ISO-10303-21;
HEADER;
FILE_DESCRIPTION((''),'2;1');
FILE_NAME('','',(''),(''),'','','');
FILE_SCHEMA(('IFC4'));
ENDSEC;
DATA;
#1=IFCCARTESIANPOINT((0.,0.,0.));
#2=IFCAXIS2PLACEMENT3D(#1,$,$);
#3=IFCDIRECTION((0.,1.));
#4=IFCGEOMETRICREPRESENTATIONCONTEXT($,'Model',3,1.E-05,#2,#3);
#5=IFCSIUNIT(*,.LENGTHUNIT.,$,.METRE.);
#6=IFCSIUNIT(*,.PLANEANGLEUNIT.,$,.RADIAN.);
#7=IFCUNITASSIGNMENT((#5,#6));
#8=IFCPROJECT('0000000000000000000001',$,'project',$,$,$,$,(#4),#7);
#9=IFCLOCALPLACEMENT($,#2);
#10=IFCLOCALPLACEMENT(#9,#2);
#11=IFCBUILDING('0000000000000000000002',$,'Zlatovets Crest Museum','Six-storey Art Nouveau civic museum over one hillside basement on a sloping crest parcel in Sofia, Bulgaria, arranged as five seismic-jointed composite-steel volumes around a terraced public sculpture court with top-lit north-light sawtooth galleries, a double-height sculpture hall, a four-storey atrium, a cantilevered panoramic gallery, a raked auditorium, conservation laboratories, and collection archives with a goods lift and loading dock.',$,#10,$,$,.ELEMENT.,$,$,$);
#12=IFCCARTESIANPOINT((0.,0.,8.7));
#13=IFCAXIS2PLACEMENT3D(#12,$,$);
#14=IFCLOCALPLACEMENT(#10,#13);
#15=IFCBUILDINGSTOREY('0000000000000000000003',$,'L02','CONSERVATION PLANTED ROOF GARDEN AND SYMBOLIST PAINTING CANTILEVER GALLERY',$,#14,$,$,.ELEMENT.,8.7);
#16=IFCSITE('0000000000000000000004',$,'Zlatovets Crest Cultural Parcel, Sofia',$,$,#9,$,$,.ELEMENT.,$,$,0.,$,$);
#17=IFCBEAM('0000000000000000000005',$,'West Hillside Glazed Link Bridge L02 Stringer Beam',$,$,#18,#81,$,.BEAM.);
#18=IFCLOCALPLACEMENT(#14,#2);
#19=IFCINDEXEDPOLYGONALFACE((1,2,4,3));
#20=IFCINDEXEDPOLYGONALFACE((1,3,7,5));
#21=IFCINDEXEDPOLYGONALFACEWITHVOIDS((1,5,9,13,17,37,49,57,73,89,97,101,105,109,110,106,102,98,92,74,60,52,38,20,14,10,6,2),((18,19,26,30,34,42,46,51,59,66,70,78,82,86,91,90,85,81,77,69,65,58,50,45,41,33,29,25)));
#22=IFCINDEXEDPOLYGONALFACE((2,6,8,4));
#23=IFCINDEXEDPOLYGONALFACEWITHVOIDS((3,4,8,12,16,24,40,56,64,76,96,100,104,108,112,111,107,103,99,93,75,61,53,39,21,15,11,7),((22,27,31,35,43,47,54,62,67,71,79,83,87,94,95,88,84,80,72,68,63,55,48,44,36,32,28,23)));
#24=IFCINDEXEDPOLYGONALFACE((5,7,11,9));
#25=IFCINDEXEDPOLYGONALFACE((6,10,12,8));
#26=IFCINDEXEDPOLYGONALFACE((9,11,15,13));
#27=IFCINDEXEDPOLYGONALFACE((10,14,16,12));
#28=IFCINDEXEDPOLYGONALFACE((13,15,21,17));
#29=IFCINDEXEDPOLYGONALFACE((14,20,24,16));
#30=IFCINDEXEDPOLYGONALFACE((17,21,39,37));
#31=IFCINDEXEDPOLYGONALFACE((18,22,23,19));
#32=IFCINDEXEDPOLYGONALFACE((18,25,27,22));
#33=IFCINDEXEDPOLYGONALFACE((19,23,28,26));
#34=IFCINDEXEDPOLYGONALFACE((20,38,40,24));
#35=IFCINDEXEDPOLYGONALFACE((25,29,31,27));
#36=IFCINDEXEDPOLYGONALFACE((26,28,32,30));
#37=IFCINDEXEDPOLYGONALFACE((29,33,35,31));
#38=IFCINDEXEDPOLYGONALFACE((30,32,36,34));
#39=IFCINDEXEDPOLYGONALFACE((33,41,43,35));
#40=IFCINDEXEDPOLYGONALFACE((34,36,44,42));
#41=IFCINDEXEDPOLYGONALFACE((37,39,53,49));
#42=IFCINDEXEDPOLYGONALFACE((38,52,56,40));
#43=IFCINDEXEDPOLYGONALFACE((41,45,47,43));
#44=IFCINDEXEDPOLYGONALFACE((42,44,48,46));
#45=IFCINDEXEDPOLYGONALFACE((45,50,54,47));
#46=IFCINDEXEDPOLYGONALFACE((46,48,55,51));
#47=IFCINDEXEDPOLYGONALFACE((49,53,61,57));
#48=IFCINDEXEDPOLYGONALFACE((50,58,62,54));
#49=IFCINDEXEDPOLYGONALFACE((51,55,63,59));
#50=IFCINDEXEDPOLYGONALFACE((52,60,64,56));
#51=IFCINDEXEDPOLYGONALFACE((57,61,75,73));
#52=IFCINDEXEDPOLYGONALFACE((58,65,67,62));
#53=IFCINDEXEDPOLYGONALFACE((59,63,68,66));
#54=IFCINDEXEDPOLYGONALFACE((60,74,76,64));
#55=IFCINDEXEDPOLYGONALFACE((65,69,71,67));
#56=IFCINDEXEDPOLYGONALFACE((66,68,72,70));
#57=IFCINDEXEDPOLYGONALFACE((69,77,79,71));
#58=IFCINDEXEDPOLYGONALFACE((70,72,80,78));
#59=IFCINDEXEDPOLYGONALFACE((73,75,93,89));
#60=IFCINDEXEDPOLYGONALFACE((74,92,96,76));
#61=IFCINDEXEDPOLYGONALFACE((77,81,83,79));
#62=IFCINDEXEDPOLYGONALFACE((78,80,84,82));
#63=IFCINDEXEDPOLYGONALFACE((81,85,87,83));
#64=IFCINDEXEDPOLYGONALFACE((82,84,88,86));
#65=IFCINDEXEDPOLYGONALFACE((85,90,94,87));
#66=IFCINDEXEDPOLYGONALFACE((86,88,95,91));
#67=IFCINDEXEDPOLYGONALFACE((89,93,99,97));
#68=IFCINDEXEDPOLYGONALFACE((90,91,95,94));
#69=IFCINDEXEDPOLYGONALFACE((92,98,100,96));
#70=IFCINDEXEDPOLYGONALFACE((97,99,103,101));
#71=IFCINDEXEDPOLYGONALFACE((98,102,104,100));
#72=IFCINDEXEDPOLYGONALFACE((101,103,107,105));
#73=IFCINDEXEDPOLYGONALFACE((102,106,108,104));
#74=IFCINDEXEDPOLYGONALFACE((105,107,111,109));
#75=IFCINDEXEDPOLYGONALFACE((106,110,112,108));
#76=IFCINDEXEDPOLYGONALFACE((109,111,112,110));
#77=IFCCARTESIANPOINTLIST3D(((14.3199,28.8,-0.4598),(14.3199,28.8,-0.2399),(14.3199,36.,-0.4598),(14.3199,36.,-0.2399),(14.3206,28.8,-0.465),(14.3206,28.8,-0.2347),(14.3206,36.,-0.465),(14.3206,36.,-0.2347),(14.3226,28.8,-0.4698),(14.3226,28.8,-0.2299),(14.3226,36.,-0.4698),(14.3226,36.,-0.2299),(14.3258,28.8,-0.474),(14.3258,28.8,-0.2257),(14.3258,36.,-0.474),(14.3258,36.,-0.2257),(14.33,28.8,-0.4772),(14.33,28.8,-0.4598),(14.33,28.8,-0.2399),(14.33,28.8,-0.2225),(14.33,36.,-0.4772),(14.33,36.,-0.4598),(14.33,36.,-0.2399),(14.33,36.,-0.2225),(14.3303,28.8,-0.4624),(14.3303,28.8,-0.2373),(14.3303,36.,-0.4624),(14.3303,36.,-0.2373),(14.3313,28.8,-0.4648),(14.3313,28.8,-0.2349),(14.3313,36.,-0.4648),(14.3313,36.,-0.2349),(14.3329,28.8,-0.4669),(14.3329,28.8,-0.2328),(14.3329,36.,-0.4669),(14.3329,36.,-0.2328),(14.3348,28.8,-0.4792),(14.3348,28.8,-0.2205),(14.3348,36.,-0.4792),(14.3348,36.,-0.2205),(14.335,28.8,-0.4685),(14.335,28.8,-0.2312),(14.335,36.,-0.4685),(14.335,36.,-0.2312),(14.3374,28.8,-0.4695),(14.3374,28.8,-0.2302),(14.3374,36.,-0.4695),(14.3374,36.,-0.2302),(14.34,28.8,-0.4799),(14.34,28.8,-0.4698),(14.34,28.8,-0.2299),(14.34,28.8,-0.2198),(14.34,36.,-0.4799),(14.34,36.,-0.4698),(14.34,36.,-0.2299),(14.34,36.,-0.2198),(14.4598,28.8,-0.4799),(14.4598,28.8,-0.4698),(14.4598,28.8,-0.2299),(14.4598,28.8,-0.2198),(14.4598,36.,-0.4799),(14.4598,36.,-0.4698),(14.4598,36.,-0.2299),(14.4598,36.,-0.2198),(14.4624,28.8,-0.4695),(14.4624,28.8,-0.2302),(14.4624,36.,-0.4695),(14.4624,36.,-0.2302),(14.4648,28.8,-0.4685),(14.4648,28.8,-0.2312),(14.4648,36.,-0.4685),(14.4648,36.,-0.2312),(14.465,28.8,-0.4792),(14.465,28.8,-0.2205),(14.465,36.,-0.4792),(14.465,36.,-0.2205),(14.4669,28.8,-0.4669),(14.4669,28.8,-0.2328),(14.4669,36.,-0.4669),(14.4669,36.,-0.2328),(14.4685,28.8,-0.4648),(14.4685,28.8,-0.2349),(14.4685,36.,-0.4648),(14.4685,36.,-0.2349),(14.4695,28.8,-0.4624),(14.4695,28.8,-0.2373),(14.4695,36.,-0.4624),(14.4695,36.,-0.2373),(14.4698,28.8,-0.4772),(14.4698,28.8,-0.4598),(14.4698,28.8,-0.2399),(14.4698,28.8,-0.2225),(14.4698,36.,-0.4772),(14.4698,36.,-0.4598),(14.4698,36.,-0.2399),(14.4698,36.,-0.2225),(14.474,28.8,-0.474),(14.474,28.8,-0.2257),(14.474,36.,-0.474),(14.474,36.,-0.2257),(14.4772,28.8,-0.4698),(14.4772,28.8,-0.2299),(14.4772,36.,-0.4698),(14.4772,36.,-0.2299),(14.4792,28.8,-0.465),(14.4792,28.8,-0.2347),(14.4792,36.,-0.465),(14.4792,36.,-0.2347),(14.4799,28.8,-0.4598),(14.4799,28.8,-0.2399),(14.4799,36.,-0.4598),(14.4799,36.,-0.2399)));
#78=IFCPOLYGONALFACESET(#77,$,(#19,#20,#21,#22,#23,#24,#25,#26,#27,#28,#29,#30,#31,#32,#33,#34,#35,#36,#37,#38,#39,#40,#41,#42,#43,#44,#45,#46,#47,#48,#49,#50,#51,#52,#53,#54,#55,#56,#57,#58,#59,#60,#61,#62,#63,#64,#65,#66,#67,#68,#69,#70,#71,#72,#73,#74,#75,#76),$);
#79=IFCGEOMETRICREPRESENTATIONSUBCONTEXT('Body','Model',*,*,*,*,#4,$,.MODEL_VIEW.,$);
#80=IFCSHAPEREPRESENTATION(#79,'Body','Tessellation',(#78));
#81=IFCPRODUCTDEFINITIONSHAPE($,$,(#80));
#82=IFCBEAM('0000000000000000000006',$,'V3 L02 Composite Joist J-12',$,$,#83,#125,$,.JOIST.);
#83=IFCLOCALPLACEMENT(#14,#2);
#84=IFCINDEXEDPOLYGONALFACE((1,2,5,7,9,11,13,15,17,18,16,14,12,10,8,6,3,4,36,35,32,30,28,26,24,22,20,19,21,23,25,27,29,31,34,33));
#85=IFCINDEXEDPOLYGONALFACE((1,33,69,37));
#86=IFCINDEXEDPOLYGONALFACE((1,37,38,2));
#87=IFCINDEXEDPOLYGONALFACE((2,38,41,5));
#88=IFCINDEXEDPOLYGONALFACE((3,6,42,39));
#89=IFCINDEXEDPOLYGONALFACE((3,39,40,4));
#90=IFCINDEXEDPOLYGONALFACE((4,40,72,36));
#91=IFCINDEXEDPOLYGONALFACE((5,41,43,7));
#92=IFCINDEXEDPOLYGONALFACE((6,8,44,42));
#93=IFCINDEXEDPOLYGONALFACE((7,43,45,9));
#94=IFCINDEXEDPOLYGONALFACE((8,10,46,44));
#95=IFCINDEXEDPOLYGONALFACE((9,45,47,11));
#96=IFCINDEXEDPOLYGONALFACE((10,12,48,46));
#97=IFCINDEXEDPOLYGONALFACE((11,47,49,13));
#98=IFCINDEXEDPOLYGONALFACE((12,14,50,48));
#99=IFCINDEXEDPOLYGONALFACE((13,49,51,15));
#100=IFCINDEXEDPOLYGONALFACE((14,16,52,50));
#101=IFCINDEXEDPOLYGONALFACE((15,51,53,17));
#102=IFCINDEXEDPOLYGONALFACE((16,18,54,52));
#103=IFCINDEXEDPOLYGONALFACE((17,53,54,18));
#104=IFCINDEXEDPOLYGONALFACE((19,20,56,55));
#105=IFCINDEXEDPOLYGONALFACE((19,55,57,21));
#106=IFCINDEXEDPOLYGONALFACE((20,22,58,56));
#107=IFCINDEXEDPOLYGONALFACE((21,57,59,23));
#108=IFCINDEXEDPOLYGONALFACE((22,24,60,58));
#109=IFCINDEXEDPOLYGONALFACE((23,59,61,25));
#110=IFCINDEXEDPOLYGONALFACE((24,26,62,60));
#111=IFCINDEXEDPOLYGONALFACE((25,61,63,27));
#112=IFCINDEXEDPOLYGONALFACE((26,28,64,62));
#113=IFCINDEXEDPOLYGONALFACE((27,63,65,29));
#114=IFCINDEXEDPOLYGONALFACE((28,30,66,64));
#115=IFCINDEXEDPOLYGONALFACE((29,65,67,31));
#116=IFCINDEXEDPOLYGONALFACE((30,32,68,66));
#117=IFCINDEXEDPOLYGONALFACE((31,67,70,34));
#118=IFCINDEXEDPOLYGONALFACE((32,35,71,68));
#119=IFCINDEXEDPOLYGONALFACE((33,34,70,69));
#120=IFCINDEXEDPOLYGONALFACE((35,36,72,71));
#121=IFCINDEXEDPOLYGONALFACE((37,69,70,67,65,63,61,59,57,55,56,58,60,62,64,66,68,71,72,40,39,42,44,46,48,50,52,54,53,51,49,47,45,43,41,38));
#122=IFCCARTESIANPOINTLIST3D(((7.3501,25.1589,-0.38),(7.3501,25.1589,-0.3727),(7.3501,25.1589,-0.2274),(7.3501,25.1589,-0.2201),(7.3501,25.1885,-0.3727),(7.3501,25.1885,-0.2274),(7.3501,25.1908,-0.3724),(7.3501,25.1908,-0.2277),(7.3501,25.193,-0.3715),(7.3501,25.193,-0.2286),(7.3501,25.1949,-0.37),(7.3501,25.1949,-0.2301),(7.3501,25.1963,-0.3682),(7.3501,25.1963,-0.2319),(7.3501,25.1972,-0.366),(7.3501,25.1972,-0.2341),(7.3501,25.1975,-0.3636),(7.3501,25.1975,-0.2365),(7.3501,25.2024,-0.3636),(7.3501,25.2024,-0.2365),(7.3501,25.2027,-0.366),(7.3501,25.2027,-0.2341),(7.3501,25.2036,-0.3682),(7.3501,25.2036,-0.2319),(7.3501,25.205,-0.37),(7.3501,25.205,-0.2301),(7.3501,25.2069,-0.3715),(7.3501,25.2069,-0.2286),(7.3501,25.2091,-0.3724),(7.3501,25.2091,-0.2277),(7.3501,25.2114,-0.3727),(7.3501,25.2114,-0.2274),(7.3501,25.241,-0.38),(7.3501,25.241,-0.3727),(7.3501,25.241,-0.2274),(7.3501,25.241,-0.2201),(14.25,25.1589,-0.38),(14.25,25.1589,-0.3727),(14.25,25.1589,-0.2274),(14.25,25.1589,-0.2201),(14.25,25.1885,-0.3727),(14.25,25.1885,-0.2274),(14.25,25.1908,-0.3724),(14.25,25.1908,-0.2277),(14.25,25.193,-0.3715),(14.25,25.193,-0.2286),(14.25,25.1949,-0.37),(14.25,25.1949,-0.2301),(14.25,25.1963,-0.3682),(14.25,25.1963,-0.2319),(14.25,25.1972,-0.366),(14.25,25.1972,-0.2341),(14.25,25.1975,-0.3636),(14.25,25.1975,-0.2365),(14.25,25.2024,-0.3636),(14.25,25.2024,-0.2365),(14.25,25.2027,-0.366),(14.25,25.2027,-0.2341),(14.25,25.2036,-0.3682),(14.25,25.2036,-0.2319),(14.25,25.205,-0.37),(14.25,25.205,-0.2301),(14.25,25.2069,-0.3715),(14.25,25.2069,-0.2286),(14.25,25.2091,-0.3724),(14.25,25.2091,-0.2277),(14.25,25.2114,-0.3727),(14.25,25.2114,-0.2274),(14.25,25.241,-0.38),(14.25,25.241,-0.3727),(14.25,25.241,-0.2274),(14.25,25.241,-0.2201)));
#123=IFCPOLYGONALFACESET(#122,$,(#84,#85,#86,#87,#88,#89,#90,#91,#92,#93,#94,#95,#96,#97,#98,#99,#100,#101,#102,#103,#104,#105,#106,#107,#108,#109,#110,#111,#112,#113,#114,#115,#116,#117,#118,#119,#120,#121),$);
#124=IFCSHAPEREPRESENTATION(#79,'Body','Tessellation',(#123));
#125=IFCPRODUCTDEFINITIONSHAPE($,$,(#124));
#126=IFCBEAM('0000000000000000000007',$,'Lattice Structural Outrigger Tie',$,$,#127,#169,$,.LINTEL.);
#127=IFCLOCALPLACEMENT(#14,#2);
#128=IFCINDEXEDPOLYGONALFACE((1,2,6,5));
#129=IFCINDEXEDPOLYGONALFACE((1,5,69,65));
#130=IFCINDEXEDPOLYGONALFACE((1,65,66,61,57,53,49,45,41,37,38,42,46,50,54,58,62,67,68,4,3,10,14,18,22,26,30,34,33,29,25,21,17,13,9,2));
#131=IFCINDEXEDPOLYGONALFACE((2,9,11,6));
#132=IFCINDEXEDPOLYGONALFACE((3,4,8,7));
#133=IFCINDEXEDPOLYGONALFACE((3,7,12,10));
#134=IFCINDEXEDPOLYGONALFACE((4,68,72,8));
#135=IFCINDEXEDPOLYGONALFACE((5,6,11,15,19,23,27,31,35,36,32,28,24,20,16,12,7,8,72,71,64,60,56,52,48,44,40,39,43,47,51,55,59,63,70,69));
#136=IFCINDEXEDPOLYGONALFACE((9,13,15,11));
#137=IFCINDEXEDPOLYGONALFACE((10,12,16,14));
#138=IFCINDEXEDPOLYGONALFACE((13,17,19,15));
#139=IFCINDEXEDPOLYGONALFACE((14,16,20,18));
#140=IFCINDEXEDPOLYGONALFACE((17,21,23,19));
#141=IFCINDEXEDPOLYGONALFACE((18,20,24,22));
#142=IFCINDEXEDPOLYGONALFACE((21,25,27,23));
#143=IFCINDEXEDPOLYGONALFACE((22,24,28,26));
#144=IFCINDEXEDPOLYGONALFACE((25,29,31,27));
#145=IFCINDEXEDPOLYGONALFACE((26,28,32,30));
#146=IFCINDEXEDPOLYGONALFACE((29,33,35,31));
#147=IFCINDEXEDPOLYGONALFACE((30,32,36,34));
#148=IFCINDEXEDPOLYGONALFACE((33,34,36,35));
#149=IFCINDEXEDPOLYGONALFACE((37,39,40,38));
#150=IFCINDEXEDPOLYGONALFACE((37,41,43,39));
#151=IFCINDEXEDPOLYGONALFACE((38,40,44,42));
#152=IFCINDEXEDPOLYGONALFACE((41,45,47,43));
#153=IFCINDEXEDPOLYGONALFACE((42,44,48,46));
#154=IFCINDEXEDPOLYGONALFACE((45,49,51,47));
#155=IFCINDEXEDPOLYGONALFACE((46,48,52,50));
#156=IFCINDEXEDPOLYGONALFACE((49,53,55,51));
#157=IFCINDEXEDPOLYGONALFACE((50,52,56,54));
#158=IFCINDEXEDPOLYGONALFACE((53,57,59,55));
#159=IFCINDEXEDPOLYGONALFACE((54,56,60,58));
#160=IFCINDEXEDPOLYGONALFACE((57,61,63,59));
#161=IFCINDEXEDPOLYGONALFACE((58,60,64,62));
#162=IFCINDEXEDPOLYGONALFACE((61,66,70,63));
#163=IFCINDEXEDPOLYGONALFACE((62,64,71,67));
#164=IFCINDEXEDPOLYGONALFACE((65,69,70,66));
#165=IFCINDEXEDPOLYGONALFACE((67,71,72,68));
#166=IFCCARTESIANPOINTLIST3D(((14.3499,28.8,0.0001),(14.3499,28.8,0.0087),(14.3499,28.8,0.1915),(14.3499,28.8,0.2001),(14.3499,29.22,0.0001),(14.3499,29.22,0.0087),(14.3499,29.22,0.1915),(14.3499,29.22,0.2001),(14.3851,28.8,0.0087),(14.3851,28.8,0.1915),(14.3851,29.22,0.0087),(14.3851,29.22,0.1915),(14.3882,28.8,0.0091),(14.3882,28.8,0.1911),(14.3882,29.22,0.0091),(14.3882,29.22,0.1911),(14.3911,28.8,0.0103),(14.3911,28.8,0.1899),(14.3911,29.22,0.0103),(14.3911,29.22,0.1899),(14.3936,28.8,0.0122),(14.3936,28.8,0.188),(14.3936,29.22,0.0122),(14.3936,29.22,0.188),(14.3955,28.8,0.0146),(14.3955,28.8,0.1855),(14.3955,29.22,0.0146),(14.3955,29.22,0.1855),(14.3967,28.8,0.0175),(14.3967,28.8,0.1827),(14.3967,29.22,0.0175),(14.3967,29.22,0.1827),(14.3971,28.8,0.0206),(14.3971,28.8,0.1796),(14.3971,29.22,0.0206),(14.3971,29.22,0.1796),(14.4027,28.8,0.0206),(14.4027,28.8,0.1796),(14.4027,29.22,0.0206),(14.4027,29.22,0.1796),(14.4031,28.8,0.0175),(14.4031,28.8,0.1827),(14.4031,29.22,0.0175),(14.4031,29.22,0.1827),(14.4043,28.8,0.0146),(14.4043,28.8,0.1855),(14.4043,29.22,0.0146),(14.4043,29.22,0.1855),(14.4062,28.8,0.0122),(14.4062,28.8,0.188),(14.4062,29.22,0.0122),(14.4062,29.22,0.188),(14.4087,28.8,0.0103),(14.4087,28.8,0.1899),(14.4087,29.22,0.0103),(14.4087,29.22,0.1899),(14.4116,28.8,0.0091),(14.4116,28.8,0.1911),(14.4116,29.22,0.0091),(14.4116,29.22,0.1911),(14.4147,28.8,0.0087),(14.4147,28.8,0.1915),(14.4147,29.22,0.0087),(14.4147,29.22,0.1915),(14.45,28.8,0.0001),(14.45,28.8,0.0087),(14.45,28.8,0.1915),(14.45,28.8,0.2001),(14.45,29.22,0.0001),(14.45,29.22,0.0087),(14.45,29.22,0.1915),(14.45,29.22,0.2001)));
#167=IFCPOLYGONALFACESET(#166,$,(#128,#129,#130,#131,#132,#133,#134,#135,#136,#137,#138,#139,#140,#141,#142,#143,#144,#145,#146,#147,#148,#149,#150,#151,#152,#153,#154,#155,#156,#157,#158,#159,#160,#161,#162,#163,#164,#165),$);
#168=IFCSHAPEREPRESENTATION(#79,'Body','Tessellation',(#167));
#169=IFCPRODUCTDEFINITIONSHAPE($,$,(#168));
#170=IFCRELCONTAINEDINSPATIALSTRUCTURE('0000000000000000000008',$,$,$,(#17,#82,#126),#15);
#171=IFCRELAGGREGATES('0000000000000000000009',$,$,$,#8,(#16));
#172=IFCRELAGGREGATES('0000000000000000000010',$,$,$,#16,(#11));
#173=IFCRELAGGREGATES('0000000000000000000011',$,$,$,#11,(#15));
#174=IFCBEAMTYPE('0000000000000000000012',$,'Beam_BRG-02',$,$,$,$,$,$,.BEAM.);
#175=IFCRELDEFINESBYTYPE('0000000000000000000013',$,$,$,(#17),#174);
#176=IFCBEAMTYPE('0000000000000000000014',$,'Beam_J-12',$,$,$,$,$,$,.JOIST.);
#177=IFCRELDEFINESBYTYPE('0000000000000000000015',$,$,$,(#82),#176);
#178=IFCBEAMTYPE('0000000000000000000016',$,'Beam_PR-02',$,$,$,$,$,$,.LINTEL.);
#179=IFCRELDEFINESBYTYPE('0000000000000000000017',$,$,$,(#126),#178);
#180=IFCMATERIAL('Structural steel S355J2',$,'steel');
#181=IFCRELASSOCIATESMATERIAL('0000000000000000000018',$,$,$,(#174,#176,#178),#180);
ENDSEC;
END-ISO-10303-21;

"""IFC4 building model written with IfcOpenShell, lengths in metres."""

from ifc_helpers import new_model, si_unit, direction, frame, origin, origin_2d, place, context, subcontext, project, spatial, hollow_rectangle, i_section, extrude, material, material_profile, profile_set, type_object, element, save


model = new_model("IFC4")

# Units and contexts
model_context = context("Model", 3, precision=1e-05, world=origin(), true_north=direction((0.0, 1.0)))
body_context = subcontext(model_context, "Body", "Model", "MODEL_VIEW")
ifc_project = project(units=[si_unit("LENGTHUNIT", "METRE"), si_unit("PLANEANGLEUNIT", "RADIAN")], contexts=[model_context])

# Site, building, storey
site_placement = place(None, origin())
site = spatial("IfcSite", under=ifc_project, at=site_placement, Name="Zlatovets Crest Cultural Parcel, Sofia", CompositionType="ELEMENT", RefElevation=0.0)
building_placement = place(site_placement, origin())
building = spatial("IfcBuilding", under=site, at=building_placement, Name="Zlatovets Crest Museum", Description="Six-storey Art Nouveau civic museum over one hillside basement on a sloping crest parcel in Sofia, Bulgaria, arranged as five seismic-jointed composite-steel volumes around a terraced public sculpture court with top-lit north-light sawtooth galleries, a double-height sculpture hall, a four-storey atrium, a cantilevered panoramic gallery, a raked auditorium, conservation laboratories, and collection archives with a goods lift and loading dock.", CompositionType="ELEMENT")
storey_placement = place(building_placement, frame((0.0, 0.0, 8.7)))
storey = spatial("IfcBuildingStorey", under=building, at=storey_placement, Name="L02", Description="CONSERVATION PLANTED ROOF GARDEN AND SYMBOLIST PAINTING CANTILEVER GALLERY", CompositionType="ELEMENT", Elevation=8.7)

# Shared definitions
ifc_material_1 = material(Name="Structural steel S355J2", Category="steel")

# Beams
ifc_material_profile_1 = material_profile(ifc_material_1, hollow_rectangle(XDim=0.1599, YDim=0.26, WallThickness=0.01, InnerFilletRadius=0.01, OuterFilletRadius=0.02, at=origin_2d()), Name="RHS 160x260x10.0")
ifc_profile_set_1 = profile_set([ifc_material_profile_1], Name="Structural steel S355J2")
beam_type_1 = type_object("IfcBeamType", Name="Beam_BRG-02", PredefinedType="BEAM", material=ifc_profile_set_1)
beam_1_placement = place(storey_placement, frame((14.3999, 28.8, -0.3499), z_axis=(0.0, 1.0, 0.0), x_axis=(-1.0, 0.0, 0.0)))
element("IfcBeam", 1, at=beam_1_placement, inside=storey, type_object=beam_type_1, Name="West Hillside Glazed Link Bridge L02 Stringer Beam", PredefinedType="BEAM", context=body_context, shape_type="SweptSolid", body=[
    extrude(hollow_rectangle(XDim=0.1599, YDim=0.26, WallThickness=0.01, InnerFilletRadius=0.01, OuterFilletRadius=0.02, at=origin_2d()), origin(), (0.0, 0.0, 1.0), 7.2),
])
ifc_material_profile_2 = material_profile(ifc_material_1, i_section(OverallWidth=0.082, OverallDepth=0.1599, WebThickness=0.0049, FlangeThickness=0.0073, FilletRadius=0.009, at=origin_2d()), Name="IPE 160")
ifc_profile_set_2 = profile_set([ifc_material_profile_2], Name="Structural steel S355J2")
beam_type_2 = type_object("IfcBeamType", Name="Beam_J-12", PredefinedType="JOIST", material=ifc_profile_set_2)
beam_2_placement = place(storey_placement, frame((7.3501, 25.2, -0.3), z_axis=(1.0, 0.0, 0.0), x_axis=(0.0, 1.0, 0.0)))
element("IfcBeam", 2, at=beam_2_placement, inside=storey, type_object=beam_type_2, Name="V3 L02 Composite Joist J-12", PredefinedType="JOIST", context=body_context, shape_type="SweptSolid", body=[
    extrude(i_section(OverallWidth=0.082, OverallDepth=0.1599, WebThickness=0.0049, FlangeThickness=0.0073, FilletRadius=0.009, at=origin_2d()), origin(), (0.0, 0.0, 1.0), 6.8999),
])
ifc_material_profile_3 = material_profile(ifc_material_1, i_section(OverallWidth=0.1001, OverallDepth=0.2, WebThickness=0.0056, FlangeThickness=0.0085, FilletRadius=0.012, at=origin_2d()), Name="IPE 200")
ifc_profile_set_3 = profile_set([ifc_material_profile_3], Name="Structural steel S355J2")
beam_type_3 = type_object("IfcBeamType", Name="Beam_PR-02", PredefinedType="LINTEL", material=ifc_profile_set_3)
for number, where, z_axis, x_axis, name in (
    (3, (14.3999, 28.8, 0.1001), (0.0, 1.0, 0.0), (-1.0, 0.0, 0.0), "Lattice Structural Outrigger Tie"),
):
    element("IfcBeam", number, at=place(storey_placement, frame(where, z_axis=z_axis, x_axis=x_axis)), inside=storey, type_object=beam_type_3, Name=name, PredefinedType="LINTEL", context=body_context, shape_type="SweptSolid", body=[
        extrude(i_section(OverallWidth=0.1001, OverallDepth=0.2, WebThickness=0.0056, FlangeThickness=0.0085, FilletRadius=0.012, at=origin_2d()), origin(), (0.0, 0.0, 1.0), 0.4199),
    ])

save(model, "model.ifc")
